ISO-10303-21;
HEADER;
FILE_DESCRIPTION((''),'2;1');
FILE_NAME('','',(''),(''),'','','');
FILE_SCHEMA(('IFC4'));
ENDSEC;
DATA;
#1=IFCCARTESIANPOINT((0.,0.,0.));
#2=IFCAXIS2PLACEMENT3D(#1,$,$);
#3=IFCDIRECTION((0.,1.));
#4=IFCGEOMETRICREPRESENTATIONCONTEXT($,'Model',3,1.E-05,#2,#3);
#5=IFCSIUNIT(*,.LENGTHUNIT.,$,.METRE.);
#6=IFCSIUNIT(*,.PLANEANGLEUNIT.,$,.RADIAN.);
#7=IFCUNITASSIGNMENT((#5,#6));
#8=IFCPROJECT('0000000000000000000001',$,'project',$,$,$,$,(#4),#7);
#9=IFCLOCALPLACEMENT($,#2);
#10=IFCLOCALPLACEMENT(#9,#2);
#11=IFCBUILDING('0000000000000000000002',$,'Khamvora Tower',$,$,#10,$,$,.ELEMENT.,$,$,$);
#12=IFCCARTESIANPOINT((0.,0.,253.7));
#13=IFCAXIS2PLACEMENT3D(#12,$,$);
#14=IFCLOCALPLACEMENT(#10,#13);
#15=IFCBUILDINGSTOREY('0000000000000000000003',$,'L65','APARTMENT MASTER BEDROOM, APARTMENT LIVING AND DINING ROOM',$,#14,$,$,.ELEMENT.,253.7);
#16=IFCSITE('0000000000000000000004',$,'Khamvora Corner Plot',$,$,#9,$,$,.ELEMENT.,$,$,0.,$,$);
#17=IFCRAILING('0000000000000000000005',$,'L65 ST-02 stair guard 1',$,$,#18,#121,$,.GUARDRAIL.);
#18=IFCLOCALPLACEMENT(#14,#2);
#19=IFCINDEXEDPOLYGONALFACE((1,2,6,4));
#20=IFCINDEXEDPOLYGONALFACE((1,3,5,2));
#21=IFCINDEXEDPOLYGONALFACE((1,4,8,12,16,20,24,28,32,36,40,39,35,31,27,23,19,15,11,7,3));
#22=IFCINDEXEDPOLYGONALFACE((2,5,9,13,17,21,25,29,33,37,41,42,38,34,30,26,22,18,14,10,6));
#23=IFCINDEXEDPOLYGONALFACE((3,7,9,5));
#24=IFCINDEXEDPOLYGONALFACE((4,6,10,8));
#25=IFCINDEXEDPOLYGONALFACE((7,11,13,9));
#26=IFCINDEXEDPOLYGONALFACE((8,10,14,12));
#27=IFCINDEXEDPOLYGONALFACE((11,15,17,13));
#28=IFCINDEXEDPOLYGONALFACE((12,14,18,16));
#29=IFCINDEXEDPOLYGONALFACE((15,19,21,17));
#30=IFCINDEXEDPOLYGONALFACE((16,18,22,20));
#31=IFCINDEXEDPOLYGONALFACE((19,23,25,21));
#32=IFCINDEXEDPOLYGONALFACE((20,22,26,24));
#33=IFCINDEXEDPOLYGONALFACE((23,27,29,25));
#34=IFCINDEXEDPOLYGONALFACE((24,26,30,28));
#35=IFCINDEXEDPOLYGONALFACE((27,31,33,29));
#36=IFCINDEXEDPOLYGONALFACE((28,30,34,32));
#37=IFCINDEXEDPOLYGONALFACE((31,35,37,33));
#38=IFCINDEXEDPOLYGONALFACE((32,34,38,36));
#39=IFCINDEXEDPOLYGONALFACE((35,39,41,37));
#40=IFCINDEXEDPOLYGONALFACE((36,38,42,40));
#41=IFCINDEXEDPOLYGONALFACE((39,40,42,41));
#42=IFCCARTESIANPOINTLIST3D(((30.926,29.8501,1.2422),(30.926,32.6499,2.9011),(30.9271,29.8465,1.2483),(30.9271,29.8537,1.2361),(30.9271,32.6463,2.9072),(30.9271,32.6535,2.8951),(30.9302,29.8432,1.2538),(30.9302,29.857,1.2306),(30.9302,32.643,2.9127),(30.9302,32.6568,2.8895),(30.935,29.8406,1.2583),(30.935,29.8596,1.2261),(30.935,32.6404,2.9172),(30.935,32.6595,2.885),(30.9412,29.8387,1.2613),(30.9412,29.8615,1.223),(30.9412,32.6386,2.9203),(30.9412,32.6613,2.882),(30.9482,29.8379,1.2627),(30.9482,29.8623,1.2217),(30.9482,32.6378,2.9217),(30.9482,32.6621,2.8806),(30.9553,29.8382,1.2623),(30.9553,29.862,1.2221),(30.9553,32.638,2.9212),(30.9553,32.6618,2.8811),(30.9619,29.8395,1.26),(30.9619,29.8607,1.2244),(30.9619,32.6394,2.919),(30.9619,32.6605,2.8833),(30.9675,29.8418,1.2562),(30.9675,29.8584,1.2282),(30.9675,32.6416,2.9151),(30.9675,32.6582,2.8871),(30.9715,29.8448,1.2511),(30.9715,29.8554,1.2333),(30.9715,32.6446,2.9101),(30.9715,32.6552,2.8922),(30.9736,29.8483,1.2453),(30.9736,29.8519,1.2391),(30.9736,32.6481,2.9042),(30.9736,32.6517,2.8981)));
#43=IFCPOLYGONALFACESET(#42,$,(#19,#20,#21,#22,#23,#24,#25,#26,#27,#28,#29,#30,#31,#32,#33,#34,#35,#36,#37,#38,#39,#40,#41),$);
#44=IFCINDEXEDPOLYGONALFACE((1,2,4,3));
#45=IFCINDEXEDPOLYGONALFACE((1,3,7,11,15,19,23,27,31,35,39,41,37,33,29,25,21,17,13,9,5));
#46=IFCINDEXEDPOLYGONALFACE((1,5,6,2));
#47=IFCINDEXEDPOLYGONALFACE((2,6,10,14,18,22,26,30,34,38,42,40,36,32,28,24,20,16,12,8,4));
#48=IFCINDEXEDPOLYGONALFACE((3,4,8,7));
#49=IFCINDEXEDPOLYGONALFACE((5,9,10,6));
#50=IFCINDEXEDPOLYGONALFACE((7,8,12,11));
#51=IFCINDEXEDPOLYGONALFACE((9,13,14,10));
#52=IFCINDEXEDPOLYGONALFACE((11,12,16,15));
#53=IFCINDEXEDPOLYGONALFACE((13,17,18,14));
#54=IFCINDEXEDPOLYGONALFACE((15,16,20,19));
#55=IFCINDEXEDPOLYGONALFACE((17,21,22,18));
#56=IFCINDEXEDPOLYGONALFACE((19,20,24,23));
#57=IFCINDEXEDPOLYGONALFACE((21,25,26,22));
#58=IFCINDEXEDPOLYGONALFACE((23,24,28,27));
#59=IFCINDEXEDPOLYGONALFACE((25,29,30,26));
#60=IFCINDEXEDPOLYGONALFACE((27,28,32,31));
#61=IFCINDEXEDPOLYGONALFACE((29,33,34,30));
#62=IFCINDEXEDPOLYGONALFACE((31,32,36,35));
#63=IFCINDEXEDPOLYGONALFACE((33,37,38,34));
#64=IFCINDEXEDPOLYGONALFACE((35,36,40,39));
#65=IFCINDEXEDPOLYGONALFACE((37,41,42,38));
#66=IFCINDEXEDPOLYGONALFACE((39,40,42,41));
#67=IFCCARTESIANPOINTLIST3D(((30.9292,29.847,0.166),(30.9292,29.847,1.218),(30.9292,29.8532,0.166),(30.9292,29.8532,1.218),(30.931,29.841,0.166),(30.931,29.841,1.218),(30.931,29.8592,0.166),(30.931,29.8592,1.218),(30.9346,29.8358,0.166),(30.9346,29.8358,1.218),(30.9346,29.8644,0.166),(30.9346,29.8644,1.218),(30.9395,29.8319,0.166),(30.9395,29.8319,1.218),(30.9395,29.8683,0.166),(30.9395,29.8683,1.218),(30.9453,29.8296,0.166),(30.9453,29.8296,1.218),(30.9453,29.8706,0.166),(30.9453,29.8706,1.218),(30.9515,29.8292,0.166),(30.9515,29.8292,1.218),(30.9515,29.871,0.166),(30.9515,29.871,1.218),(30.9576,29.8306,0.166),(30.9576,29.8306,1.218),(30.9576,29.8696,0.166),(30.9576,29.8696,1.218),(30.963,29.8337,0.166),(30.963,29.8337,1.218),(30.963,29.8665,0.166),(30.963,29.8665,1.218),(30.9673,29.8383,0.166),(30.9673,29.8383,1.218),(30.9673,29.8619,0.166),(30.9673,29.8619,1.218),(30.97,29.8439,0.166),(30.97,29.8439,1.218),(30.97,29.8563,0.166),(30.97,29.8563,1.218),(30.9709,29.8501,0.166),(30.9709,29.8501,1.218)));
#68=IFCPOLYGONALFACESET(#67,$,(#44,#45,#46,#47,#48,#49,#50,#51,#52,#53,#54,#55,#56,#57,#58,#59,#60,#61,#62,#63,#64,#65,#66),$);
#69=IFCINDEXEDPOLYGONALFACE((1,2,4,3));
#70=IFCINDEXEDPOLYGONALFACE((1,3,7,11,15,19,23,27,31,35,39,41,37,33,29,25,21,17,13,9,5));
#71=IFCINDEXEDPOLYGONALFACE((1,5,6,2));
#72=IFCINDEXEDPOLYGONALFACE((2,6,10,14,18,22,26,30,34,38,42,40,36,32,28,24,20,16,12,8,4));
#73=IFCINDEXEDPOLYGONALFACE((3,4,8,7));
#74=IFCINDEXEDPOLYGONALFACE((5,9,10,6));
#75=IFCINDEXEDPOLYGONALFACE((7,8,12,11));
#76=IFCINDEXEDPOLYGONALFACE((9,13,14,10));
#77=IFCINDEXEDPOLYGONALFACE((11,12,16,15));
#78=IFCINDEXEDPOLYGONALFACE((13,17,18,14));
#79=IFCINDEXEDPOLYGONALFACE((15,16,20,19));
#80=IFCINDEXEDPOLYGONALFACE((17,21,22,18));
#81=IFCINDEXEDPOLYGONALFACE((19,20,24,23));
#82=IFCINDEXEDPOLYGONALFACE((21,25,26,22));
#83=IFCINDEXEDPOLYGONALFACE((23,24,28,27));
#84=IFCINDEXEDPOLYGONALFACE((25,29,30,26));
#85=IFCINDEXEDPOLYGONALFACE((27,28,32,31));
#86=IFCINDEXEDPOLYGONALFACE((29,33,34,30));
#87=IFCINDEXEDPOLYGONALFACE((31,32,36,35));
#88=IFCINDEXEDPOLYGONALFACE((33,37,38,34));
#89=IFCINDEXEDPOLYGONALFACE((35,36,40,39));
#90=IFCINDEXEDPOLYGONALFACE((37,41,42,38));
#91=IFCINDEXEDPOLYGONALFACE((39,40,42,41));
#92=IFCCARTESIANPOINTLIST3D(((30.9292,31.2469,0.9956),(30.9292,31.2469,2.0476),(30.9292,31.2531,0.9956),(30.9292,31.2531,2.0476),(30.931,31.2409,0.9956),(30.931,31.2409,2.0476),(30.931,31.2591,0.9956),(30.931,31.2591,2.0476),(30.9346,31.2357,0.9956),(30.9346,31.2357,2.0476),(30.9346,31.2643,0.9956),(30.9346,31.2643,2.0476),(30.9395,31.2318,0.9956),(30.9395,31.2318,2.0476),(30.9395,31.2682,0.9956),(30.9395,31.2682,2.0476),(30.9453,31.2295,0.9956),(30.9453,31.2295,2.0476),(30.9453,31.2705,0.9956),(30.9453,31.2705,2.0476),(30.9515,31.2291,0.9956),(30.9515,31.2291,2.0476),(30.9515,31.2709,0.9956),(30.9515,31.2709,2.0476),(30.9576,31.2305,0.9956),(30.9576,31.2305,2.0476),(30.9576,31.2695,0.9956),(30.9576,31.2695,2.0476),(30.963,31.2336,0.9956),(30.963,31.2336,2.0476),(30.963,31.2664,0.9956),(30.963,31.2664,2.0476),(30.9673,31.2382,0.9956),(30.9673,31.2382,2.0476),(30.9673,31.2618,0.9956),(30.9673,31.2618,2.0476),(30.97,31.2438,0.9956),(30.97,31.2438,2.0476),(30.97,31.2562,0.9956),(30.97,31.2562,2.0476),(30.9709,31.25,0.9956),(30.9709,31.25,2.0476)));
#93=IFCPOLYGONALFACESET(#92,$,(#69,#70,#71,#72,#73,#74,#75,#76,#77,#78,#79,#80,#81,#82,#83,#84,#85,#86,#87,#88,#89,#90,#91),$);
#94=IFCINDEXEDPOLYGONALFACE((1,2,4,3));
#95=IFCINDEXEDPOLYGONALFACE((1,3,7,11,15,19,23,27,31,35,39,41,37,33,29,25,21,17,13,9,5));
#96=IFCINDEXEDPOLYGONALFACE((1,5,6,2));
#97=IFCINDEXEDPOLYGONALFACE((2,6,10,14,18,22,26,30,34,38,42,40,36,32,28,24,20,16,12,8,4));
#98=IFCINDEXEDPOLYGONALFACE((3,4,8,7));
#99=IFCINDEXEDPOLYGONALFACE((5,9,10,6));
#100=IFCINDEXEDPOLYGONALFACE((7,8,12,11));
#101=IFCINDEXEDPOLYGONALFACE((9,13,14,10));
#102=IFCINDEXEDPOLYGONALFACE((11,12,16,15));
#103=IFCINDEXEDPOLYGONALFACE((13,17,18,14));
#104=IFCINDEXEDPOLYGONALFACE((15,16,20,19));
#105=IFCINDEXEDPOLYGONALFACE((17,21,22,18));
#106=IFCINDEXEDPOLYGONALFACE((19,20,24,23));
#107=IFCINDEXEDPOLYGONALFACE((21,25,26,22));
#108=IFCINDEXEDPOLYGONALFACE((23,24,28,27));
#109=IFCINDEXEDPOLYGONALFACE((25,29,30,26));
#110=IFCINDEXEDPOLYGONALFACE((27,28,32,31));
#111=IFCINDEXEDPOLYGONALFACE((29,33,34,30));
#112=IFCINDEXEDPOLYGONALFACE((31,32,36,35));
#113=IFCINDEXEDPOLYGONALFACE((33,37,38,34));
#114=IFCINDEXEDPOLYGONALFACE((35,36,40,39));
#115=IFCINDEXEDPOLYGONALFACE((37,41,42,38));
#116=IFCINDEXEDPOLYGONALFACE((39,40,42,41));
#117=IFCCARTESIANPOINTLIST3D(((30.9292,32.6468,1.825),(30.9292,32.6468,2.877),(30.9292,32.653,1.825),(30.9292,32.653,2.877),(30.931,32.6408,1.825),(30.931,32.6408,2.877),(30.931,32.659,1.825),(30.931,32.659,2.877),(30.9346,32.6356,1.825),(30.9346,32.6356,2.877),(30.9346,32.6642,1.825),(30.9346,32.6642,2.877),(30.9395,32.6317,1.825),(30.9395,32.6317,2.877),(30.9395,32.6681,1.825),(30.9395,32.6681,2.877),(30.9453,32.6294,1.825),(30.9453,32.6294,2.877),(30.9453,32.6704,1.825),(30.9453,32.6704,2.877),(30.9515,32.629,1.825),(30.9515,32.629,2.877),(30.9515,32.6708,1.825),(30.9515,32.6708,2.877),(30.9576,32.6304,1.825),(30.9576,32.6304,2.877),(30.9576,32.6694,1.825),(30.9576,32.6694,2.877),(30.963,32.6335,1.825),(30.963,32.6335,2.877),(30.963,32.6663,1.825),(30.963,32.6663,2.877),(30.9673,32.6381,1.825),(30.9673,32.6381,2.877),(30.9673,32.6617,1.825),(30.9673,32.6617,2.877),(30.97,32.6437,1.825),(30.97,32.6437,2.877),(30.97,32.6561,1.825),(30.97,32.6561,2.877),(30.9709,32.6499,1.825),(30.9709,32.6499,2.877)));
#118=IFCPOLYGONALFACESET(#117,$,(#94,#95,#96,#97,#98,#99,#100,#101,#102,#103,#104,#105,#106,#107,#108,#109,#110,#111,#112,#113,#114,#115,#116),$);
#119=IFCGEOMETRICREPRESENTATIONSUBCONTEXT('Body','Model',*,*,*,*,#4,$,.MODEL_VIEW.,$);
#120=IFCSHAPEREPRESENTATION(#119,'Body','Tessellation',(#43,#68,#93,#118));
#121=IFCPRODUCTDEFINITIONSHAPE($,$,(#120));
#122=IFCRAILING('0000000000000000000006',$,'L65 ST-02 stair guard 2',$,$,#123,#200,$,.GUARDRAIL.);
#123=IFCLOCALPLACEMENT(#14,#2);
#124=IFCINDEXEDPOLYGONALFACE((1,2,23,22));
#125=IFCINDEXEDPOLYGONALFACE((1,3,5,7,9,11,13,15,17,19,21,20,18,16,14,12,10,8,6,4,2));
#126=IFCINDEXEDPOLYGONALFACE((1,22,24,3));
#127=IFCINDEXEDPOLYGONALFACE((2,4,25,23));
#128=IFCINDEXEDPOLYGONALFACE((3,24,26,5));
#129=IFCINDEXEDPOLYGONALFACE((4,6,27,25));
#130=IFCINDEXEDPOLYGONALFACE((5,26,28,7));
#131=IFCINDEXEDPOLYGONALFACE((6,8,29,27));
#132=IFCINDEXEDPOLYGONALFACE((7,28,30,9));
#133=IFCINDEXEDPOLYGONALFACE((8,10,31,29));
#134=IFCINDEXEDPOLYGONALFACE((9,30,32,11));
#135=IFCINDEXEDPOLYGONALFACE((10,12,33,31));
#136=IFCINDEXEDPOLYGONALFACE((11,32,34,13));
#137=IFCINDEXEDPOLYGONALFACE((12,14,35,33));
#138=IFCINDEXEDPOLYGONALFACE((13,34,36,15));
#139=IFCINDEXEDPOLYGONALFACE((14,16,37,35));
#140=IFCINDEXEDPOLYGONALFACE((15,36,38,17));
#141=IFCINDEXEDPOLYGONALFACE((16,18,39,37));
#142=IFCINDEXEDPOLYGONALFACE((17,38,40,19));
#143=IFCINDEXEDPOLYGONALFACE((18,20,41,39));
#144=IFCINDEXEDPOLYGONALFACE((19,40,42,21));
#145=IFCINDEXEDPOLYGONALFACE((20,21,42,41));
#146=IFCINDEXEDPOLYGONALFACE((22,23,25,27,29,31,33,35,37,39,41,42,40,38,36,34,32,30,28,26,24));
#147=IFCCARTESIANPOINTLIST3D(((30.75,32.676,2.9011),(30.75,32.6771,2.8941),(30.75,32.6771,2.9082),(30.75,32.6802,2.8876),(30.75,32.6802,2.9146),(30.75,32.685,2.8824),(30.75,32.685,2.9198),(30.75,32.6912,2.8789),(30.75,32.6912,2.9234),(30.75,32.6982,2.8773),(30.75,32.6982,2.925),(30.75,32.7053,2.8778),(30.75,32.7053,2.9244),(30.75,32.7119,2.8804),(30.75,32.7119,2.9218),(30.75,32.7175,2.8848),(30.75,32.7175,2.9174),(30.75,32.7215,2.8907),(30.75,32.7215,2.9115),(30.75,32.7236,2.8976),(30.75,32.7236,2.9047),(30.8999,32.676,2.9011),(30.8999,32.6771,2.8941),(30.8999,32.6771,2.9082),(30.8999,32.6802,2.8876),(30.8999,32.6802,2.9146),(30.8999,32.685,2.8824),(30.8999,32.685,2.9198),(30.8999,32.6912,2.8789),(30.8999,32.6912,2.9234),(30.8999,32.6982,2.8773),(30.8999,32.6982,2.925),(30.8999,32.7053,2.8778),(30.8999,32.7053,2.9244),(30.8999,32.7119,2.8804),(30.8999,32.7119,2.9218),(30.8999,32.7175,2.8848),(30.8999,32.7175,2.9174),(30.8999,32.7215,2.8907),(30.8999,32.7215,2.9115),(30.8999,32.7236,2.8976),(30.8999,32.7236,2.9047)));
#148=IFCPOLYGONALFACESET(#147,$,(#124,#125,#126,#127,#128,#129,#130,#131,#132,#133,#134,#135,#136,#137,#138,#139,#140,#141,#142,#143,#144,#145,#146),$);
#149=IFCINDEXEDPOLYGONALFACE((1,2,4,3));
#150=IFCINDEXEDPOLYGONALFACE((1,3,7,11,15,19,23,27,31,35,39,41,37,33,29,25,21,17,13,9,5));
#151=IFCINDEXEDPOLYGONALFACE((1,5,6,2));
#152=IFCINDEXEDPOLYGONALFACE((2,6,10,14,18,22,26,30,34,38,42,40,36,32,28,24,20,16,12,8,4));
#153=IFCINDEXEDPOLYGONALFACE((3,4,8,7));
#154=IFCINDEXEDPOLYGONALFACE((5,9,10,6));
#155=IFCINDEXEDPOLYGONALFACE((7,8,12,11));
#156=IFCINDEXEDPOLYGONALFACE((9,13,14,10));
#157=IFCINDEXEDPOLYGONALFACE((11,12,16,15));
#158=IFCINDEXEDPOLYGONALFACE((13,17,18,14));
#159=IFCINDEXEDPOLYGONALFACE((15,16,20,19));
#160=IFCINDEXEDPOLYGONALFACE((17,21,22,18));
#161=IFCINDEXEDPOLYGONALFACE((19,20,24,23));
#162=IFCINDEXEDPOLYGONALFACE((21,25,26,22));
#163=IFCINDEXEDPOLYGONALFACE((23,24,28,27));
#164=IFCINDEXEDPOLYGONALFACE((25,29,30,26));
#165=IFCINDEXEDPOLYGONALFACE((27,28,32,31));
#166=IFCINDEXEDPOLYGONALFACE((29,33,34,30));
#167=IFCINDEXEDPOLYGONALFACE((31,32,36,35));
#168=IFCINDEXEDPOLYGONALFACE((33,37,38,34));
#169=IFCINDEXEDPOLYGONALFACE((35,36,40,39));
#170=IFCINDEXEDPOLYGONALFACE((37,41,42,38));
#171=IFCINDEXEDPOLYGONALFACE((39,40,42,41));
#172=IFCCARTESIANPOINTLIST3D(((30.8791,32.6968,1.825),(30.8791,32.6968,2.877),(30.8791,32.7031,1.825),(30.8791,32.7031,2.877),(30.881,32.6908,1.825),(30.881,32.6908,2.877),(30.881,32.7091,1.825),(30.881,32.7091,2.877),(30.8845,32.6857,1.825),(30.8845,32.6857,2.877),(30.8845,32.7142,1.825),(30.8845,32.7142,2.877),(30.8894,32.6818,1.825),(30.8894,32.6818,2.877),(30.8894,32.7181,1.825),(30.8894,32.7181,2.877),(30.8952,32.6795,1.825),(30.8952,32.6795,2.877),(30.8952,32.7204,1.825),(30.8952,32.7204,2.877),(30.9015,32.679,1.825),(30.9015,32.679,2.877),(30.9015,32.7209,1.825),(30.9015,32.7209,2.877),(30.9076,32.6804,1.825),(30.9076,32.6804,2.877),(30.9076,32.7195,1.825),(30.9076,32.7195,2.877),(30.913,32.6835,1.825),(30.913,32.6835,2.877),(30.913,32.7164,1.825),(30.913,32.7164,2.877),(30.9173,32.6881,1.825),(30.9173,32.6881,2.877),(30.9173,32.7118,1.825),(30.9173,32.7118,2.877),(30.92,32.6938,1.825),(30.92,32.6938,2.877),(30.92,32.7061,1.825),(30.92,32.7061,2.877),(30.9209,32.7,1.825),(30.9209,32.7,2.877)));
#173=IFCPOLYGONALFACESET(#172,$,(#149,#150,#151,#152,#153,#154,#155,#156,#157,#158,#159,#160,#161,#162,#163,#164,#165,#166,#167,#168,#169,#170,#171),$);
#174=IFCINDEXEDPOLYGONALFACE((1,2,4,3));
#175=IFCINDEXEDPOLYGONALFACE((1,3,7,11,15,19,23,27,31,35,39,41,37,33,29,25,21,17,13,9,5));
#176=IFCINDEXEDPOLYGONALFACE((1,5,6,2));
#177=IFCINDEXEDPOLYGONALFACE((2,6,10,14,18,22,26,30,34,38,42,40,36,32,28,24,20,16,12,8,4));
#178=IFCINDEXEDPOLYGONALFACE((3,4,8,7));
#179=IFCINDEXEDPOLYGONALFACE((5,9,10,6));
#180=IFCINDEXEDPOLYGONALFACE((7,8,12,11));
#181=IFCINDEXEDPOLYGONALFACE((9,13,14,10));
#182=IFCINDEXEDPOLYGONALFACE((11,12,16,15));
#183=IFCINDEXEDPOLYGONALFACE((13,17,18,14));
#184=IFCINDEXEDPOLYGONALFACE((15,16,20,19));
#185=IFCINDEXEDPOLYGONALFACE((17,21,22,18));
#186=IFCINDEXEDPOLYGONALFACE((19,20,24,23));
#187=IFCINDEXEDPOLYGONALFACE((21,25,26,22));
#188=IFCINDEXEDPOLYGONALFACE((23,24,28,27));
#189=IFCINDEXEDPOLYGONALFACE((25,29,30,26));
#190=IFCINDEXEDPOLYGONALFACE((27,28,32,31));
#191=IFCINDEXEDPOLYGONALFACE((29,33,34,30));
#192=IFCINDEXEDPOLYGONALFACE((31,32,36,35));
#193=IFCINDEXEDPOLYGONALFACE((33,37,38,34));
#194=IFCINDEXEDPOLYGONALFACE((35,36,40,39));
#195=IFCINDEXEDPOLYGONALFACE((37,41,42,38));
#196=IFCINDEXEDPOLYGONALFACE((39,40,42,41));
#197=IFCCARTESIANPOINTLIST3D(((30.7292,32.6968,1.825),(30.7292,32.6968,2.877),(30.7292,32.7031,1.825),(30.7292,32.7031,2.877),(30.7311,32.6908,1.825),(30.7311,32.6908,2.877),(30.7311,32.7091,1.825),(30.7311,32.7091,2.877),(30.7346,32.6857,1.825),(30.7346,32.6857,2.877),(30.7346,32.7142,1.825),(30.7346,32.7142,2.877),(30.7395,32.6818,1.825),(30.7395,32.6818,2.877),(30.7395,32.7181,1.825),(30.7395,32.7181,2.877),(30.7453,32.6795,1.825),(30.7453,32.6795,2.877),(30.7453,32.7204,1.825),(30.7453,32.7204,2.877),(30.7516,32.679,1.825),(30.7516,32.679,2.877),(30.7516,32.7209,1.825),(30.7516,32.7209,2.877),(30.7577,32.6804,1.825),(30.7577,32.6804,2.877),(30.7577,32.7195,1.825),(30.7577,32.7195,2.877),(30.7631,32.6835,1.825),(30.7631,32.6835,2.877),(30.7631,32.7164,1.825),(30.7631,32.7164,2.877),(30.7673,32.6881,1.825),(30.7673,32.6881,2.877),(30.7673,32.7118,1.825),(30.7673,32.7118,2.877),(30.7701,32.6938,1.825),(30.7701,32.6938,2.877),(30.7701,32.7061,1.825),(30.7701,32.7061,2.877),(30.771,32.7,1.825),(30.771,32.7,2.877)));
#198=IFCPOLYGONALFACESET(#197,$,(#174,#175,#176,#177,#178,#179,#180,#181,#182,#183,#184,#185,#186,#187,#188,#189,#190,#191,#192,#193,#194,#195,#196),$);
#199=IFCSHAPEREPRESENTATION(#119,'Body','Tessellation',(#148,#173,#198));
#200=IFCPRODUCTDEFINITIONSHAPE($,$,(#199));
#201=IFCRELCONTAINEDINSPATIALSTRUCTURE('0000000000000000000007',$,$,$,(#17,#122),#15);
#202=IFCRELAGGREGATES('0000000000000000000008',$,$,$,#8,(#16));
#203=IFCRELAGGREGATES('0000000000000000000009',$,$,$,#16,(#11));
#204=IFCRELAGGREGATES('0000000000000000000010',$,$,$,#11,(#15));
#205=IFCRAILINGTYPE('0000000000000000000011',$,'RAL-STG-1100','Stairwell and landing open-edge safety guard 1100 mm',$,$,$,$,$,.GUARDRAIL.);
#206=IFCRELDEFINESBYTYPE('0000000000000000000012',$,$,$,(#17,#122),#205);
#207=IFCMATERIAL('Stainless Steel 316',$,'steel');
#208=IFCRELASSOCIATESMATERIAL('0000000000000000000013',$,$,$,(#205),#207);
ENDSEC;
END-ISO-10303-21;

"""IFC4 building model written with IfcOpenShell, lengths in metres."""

from ifc_helpers import new_model, si_unit, direction, frame, origin, origin_2d, place, context, subcontext, project, spatial, circle, extrude, material, type_object, element, save


model = new_model("IFC4")

# Units and contexts
model_context = context("Model", 3, precision=1e-05, world=origin(), true_north=direction((0.0, 1.0)))
body_context = subcontext(model_context, "Body", "Model", "MODEL_VIEW")
ifc_project = project(units=[si_unit("LENGTHUNIT", "METRE"), si_unit("PLANEANGLEUNIT", "RADIAN")], contexts=[model_context])

# Site, building, storey
site_placement = place(None, origin())
site = spatial("IfcSite", under=ifc_project, at=site_placement, Name="Khamvora Corner Plot", CompositionType="ELEMENT", RefElevation=0.0)
building_placement = place(site_placement, origin())
building = spatial("IfcBuilding", under=site, at=building_placement, Name="Khamvora Tower", CompositionType="ELEMENT")
storey_placement = place(building_placement, frame((0.0, 0.0, 253.7)))
storey = spatial("IfcBuildingStorey", under=building, at=storey_placement, Name="L65", Description="APARTMENT MASTER BEDROOM, APARTMENT LIVING AND DINING ROOM", CompositionType="ELEMENT", Elevation=253.7)

# Railings
ifc_material_1 = material(Name="Stainless Steel 316", Category="steel")
railing_type_1 = type_object("IfcRailingType", Name="RAL-STG-1100", Description="Stairwell and landing open-edge safety guard 1100 mm", PredefinedType="GUARDRAIL", material=ifc_material_1)
railing_1_placement = place(storey_placement, frame((30.95, 29.8501, 0.166)))
element("IfcRailing", 1, at=railing_1_placement, inside=storey, type_object=railing_type_1, Name="L65 ST-02 stair guard 1", PredefinedType="GUARDRAIL", context=body_context, shape_type="SweptSolid", body=[
    extrude(circle(Radius=0.0239, at=origin_2d()), frame((0.0, 0.0, 1.0762), z_axis=(0.0, 0.86032, 0.509755), x_axis=(-1.0, 0.0, 0.0)), (0.0, 0.0, 1.0), 3.2544),
    extrude(circle(Radius=0.021, at=origin_2d()), origin(), (0.0, 0.0, 1.0), 1.052),
    extrude(circle(Radius=0.021, at=origin_2d()), frame((0.0, 1.3999, 0.8296)), (0.0, 0.0, 1.0), 1.052),
    extrude(circle(Radius=0.021, at=origin_2d()), frame((0.0, 2.7998, 1.6589)), (0.0, 0.0, 1.0), 1.052),
])
railing_2_placement = place(storey_placement, frame((30.8999, 32.7, 1.825)))
element("IfcRailing", 2, at=railing_2_placement, inside=storey, type_object=railing_type_1, Name="L65 ST-02 stair guard 2", PredefinedType="GUARDRAIL", context=body_context, shape_type="SweptSolid", body=[
    extrude(circle(Radius=0.0239, at=origin_2d()), frame((0.0, 0.0, 1.0762), z_axis=(-1.0, 0.0, 0.0), x_axis=(0.0, -1.0, 0.0)), (0.0, 0.0, 1.0), 0.1499),
    extrude(circle(Radius=0.021, at=origin_2d()), origin(), (0.0, 0.0, 1.0), 1.052),
    extrude(circle(Radius=0.021, at=origin_2d()), frame((-0.1499, 0.0, 0.0)), (0.0, 0.0, 1.0), 1.052),
])

save(model, "model.ifc")
